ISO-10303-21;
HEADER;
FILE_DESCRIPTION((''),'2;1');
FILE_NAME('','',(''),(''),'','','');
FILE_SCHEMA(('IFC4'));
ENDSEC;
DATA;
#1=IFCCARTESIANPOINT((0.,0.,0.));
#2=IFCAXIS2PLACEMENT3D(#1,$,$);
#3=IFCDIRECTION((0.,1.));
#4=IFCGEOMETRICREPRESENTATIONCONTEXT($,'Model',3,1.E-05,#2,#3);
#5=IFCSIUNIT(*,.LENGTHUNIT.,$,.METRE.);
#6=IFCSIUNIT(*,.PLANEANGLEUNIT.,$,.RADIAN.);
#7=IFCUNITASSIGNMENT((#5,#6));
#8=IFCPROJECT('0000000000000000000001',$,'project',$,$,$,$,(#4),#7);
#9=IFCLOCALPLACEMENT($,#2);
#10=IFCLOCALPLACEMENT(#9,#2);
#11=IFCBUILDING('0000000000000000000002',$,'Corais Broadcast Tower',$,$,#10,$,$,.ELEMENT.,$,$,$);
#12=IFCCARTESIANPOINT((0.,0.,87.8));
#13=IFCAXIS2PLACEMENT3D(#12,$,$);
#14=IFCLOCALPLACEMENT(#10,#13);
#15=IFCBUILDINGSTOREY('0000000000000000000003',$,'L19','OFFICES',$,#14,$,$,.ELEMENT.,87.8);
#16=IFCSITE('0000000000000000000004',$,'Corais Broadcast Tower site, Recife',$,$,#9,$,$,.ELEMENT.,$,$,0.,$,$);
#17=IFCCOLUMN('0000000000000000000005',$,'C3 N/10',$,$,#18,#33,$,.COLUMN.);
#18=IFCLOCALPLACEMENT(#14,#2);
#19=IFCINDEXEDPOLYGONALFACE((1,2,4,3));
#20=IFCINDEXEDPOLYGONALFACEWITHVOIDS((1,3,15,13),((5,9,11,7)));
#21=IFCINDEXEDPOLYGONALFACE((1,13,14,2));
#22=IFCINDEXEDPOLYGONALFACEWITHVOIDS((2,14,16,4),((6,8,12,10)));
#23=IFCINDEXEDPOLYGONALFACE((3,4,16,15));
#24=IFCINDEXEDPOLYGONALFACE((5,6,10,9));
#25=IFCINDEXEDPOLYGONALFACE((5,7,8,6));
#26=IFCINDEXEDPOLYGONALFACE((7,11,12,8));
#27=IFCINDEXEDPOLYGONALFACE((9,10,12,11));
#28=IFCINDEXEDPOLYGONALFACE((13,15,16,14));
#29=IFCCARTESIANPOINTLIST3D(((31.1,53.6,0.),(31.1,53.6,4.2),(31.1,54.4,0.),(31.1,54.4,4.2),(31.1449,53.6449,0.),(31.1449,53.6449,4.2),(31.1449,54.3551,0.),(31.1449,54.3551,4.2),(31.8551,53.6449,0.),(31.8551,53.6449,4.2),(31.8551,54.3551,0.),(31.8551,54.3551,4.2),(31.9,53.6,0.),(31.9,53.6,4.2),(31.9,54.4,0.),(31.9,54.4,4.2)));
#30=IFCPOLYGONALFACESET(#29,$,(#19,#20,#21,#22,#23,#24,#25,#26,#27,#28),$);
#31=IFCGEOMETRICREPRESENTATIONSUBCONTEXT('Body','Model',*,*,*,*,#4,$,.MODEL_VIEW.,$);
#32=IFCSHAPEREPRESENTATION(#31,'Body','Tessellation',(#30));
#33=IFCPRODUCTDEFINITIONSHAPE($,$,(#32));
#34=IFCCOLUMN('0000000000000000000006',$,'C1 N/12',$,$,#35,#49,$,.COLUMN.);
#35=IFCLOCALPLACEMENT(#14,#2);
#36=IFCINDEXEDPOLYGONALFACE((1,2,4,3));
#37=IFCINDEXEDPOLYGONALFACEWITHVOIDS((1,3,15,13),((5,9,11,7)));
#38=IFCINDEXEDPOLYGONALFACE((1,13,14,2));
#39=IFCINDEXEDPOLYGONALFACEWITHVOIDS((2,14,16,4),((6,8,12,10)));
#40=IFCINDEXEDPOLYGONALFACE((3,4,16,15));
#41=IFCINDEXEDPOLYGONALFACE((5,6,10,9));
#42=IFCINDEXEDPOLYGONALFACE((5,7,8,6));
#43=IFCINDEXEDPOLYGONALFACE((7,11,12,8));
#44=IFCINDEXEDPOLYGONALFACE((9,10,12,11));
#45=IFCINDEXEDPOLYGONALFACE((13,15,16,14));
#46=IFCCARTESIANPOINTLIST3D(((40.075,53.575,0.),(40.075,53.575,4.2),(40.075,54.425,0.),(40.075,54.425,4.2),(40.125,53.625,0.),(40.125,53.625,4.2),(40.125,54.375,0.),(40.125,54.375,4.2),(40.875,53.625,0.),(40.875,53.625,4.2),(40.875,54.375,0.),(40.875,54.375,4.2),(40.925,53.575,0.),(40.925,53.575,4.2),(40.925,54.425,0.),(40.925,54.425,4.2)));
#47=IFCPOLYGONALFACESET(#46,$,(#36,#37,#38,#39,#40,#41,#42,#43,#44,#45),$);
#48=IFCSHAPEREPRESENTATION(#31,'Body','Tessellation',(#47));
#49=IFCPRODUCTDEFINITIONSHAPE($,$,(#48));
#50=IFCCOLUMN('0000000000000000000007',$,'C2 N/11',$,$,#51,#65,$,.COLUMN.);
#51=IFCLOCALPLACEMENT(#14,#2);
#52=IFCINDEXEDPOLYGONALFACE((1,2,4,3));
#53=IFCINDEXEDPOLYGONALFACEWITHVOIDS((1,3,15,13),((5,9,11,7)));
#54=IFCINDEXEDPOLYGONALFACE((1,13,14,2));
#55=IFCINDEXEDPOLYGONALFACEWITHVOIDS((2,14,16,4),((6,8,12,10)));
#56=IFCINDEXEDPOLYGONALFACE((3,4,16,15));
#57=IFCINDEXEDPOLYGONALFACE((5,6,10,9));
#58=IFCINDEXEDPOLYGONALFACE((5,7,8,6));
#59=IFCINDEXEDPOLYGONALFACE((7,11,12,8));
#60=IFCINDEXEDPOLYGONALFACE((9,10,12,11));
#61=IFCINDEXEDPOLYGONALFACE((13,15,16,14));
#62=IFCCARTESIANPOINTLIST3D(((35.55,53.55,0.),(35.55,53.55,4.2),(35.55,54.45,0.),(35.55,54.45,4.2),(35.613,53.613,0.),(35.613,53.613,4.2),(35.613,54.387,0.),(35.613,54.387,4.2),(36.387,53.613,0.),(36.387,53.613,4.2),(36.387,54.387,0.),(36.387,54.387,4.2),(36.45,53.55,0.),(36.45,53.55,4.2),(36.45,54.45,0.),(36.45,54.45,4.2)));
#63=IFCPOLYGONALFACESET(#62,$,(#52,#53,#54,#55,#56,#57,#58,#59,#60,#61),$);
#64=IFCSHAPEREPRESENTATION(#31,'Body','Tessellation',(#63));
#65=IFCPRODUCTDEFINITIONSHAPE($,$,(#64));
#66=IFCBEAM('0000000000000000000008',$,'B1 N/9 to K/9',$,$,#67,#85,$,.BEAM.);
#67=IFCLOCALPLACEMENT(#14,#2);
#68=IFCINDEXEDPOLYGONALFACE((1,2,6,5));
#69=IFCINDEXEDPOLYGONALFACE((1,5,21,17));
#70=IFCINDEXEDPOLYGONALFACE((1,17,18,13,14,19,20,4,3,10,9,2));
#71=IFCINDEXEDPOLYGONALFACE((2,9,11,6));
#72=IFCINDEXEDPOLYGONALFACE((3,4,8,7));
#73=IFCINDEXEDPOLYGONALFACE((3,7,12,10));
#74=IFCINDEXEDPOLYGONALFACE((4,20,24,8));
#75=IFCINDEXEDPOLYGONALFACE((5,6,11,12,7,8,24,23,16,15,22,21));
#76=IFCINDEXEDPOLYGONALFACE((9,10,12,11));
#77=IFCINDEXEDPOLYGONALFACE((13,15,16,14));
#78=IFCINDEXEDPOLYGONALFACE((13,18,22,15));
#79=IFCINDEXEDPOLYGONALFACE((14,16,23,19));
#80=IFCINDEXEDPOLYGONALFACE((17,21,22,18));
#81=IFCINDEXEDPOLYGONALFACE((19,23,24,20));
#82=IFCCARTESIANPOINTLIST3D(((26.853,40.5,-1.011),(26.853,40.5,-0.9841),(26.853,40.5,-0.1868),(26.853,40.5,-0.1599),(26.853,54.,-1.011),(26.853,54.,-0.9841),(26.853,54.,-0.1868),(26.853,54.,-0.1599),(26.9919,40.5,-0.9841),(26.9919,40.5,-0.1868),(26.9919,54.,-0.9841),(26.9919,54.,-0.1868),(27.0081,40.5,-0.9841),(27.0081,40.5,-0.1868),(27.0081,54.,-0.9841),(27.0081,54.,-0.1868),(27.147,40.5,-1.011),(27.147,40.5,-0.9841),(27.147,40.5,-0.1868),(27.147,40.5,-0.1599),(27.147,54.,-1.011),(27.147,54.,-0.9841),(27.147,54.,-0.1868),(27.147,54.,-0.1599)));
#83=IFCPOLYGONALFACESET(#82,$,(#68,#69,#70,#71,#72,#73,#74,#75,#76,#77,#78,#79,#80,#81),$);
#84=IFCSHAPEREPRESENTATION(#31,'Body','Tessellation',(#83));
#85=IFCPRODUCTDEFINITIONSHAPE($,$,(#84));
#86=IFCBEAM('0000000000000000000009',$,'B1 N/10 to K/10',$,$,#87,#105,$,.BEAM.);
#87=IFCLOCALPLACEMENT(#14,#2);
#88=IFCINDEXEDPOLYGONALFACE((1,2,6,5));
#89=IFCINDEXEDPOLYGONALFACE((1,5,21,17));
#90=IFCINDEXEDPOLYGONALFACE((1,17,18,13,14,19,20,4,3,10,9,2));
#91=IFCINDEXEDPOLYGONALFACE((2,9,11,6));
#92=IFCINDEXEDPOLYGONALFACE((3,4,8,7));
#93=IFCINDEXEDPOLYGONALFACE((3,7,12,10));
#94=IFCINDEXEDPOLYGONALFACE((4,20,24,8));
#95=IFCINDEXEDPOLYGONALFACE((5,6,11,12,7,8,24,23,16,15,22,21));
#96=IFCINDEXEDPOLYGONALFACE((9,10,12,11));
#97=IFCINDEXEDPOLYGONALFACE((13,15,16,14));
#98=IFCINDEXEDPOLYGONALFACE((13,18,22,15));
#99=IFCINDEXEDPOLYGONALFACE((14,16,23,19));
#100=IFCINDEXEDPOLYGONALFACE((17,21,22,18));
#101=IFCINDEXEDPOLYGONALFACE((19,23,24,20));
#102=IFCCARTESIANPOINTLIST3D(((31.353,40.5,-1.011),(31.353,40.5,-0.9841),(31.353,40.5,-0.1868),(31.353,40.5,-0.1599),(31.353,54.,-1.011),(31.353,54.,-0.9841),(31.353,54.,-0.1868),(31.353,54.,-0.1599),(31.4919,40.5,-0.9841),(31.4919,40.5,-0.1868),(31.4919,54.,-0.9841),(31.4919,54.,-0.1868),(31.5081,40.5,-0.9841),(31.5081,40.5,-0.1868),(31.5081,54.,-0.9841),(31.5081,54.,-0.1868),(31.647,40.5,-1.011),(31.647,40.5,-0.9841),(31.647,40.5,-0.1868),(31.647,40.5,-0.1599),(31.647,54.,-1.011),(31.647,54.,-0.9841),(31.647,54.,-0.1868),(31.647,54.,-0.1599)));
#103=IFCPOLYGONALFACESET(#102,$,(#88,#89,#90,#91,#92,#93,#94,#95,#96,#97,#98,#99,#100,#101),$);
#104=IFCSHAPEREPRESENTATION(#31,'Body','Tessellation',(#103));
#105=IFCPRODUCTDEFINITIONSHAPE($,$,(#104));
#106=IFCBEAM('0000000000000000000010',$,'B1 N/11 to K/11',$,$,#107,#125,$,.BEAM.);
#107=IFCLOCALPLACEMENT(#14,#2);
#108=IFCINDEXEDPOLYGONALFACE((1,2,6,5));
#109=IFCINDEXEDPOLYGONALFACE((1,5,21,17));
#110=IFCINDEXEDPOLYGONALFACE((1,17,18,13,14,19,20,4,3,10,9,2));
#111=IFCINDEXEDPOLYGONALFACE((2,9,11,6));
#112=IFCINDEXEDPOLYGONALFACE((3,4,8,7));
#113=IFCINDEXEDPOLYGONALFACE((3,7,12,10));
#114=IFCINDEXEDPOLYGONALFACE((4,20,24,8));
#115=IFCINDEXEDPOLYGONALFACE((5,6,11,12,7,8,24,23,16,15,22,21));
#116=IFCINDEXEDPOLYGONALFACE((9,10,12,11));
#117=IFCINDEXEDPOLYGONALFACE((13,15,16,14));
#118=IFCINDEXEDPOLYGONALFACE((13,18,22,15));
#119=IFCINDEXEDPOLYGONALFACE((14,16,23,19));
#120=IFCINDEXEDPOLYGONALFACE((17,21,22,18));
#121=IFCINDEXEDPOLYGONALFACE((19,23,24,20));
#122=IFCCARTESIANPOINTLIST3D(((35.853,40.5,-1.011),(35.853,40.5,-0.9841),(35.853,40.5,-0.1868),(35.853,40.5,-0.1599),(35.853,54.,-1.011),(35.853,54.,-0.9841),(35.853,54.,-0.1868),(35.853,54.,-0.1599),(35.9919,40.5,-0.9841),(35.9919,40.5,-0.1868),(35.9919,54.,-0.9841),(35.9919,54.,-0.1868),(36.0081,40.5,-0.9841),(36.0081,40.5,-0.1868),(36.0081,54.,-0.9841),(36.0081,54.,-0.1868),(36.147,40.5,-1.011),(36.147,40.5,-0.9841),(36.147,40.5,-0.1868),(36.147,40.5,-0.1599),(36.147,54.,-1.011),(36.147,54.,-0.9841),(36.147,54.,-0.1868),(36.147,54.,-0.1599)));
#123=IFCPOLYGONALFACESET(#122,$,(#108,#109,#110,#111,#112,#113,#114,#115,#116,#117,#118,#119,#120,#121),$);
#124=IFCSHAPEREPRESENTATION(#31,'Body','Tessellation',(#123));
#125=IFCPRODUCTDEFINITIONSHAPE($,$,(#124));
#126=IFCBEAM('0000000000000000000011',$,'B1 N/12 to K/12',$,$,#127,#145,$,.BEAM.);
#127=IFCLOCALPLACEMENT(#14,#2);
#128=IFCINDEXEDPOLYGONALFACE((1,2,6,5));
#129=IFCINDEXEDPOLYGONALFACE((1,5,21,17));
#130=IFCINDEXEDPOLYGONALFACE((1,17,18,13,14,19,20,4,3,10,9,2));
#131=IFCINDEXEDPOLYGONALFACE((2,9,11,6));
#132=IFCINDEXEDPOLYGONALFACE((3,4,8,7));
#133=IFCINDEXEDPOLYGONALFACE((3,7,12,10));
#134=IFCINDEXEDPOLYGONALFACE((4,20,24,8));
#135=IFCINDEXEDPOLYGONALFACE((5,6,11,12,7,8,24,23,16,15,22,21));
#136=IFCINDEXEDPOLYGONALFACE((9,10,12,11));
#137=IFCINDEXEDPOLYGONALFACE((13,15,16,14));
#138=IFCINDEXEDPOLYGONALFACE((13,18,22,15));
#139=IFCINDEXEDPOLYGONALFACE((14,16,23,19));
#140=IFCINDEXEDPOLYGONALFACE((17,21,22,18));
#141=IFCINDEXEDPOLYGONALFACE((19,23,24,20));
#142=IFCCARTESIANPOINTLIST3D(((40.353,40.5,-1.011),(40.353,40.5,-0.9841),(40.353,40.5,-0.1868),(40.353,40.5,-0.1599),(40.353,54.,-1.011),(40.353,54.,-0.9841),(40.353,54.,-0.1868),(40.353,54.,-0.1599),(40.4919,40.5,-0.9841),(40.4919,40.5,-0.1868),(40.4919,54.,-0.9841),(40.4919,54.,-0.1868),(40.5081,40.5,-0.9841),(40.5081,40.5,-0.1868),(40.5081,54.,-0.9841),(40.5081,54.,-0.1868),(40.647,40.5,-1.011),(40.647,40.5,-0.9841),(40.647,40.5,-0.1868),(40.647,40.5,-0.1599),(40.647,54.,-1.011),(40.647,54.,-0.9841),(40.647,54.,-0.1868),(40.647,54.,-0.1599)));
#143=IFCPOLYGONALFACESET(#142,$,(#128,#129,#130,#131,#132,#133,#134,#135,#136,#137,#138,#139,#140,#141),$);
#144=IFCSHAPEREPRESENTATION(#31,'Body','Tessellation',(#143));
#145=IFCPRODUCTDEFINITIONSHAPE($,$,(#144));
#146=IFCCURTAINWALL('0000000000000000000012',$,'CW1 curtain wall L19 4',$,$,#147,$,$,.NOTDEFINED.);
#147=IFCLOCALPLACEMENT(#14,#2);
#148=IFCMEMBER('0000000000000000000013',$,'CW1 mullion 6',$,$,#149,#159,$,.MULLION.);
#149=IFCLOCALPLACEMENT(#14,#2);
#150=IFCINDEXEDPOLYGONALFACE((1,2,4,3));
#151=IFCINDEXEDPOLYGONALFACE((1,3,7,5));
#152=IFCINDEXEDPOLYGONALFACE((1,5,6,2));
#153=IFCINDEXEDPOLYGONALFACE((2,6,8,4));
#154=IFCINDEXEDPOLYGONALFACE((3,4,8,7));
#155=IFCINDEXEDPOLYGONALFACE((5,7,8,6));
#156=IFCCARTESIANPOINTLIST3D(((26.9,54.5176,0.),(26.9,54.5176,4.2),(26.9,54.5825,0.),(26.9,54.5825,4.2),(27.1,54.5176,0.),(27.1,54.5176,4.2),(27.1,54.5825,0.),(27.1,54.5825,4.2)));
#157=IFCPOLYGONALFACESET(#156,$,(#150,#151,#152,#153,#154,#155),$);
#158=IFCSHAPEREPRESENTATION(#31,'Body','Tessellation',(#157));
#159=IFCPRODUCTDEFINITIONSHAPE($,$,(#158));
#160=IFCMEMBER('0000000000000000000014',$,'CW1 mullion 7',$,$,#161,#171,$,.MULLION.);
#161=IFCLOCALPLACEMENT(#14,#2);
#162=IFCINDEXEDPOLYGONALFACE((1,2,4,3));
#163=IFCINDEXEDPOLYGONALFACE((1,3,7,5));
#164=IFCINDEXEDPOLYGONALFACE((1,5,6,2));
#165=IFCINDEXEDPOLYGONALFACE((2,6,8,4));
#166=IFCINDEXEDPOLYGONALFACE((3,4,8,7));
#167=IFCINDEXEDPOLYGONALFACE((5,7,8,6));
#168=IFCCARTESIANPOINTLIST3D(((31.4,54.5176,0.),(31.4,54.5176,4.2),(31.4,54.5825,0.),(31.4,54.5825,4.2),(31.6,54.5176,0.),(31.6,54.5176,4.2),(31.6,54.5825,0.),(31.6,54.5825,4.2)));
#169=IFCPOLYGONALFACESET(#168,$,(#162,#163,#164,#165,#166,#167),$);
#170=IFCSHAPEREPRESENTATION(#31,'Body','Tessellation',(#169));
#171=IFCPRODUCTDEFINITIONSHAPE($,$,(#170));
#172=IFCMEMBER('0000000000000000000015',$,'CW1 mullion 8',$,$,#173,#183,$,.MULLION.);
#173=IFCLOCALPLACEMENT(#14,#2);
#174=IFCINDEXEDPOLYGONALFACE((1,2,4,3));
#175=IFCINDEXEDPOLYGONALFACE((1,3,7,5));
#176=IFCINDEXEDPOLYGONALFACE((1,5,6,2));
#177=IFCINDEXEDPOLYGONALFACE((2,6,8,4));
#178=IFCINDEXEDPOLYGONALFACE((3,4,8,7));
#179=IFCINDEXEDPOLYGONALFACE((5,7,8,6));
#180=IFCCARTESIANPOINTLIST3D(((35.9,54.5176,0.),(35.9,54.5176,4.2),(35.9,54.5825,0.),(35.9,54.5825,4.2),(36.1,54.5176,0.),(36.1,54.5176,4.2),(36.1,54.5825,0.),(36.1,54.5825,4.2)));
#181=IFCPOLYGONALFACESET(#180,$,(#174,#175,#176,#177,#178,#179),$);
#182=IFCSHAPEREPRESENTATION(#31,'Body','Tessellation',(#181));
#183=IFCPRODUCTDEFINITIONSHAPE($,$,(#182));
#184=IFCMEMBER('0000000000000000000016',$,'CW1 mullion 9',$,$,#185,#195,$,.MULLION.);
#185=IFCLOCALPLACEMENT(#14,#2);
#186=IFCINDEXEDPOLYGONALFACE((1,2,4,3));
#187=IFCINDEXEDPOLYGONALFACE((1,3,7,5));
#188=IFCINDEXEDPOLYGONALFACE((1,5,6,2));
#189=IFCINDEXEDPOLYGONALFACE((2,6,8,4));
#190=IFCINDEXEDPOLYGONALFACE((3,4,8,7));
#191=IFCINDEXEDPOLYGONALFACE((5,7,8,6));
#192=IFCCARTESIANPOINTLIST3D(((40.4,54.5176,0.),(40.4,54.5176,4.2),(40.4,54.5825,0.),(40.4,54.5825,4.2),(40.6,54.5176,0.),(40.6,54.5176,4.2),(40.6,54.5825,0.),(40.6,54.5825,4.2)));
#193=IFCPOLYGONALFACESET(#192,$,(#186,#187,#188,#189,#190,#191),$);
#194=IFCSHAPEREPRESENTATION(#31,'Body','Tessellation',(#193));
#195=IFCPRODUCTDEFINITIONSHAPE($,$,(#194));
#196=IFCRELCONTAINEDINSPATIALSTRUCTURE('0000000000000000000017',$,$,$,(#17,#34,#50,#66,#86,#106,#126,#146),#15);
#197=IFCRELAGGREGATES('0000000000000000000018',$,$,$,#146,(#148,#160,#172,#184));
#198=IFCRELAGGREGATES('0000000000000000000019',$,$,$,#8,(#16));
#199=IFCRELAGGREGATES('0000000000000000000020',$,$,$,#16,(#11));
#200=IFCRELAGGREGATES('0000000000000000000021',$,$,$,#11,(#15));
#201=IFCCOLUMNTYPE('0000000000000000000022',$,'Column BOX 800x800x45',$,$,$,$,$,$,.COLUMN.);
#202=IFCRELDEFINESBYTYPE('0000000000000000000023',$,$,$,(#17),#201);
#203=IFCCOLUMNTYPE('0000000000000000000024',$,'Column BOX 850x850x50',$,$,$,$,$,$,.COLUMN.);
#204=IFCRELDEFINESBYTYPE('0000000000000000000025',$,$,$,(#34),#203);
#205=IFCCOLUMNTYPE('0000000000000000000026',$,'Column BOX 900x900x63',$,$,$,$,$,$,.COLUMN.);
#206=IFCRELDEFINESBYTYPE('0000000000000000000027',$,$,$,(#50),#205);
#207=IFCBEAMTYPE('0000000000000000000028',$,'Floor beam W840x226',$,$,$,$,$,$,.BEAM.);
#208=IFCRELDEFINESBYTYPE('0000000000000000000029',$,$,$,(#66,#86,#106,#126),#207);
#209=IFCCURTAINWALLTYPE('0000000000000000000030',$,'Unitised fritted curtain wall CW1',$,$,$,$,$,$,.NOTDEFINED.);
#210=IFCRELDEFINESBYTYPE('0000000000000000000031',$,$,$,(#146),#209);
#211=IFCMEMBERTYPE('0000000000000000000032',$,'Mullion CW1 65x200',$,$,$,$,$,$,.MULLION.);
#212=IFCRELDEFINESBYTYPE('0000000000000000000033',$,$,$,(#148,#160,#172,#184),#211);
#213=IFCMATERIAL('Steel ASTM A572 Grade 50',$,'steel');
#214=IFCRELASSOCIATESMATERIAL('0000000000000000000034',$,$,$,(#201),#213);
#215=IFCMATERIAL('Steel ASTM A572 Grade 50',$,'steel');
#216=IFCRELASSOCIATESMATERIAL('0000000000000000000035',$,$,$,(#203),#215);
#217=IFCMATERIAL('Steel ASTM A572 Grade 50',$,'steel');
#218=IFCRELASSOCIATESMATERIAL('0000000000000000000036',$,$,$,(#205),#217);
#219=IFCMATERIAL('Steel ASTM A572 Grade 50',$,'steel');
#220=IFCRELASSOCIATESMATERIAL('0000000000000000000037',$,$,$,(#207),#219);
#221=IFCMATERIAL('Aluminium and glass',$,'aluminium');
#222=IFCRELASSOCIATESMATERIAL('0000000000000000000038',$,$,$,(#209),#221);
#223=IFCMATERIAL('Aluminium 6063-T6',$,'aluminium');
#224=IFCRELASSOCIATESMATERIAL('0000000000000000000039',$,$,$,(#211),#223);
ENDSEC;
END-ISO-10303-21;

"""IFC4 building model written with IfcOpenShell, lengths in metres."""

from ifc_helpers import new_model, si_unit, direction, frame, origin, origin_2d, place, context, subcontext, project, spatial, rectangle, hollow_rectangle, i_section, extrude, material, material_profile, profile_set, type_object, element, aggregate, save


model = new_model("IFC4")

# Units and contexts
model_context = context("Model", 3, precision=1e-05, world=origin(), true_north=direction((0.0, 1.0)))
body_context = subcontext(model_context, "Body", "Model", "MODEL_VIEW")
ifc_project = project(units=[si_unit("LENGTHUNIT", "METRE"), si_unit("PLANEANGLEUNIT", "RADIAN")], contexts=[model_context])

# Site, building, storey
site_placement = place(None, origin())
site = spatial("IfcSite", under=ifc_project, at=site_placement, Name="Corais Broadcast Tower site, Recife", CompositionType="ELEMENT", RefElevation=0.0)
building_placement = place(site_placement, origin())
building = spatial("IfcBuilding", under=site, at=building_placement, Name="Corais Broadcast Tower", CompositionType="ELEMENT")
storey_placement = place(building_placement, frame((0.0, 0.0, 87.8)))
storey = spatial("IfcBuildingStorey", under=building, at=storey_placement, Name="L19", Description="OFFICES", CompositionType="ELEMENT", Elevation=87.8)

# Columns
ifc_material_1 = material(Name="Steel ASTM A572 Grade 50", Category="steel")
ifc_material_profile_1 = material_profile(ifc_material_1, hollow_rectangle(XDim=0.8, YDim=0.8, WallThickness=0.0449, at=origin_2d()), Name="BOX 800x800x45")
ifc_profile_set_1 = profile_set([ifc_material_profile_1], Name="Steel ASTM A572 Grade 50")
column_type_1 = type_object("IfcColumnType", Name="Column BOX 800x800x45", PredefinedType="COLUMN", material=ifc_profile_set_1)
column_1_placement = place(storey_placement, frame((31.5, 54.0, 0.0), z_axis=(0.0, 0.0, 1.0), x_axis=(1.0, 0.0, 0.0)))
element("IfcColumn", 1, at=column_1_placement, inside=storey, type_object=column_type_1, Name="C3 N/10", PredefinedType="COLUMN", context=body_context, shape_type="SweptSolid", body=[
    extrude(hollow_rectangle(XDim=0.8, YDim=0.8, WallThickness=0.0449, at=origin_2d()), origin(), (0.0, 0.0, 1.0), 4.2),
])
ifc_material_2 = material(Name="Steel ASTM A572 Grade 50", Category="steel")
ifc_material_profile_2 = material_profile(ifc_material_2, hollow_rectangle(XDim=0.8501, YDim=0.8501, WallThickness=0.05, at=origin_2d()), Name="BOX 850x850x50")
ifc_profile_set_2 = profile_set([ifc_material_profile_2], Name="Steel ASTM A572 Grade 50")
column_type_2 = type_object("IfcColumnType", Name="Column BOX 850x850x50", PredefinedType="COLUMN", material=ifc_profile_set_2)
column_2_placement = place(storey_placement, frame((40.5, 54.0, 0.0), z_axis=(0.0, 0.0, 1.0), x_axis=(1.0, 0.0, 0.0)))
element("IfcColumn", 2, at=column_2_placement, inside=storey, type_object=column_type_2, Name="C1 N/12", PredefinedType="COLUMN", context=body_context, shape_type="SweptSolid", body=[
    extrude(hollow_rectangle(XDim=0.8501, YDim=0.8501, WallThickness=0.05, at=origin_2d()), origin(), (0.0, 0.0, 1.0), 4.2),
])
ifc_material_3 = material(Name="Steel ASTM A572 Grade 50", Category="steel")
ifc_material_profile_3 = material_profile(ifc_material_3, hollow_rectangle(XDim=0.8999, YDim=0.8999, WallThickness=0.063, at=origin_2d()), Name="BOX 900x900x63")
ifc_profile_set_3 = profile_set([ifc_material_profile_3], Name="Steel ASTM A572 Grade 50")
column_type_3 = type_object("IfcColumnType", Name="Column BOX 900x900x63", PredefinedType="COLUMN", material=ifc_profile_set_3)
column_3_placement = place(storey_placement, frame((36.0, 54.0, 0.0), z_axis=(0.0, 0.0, 1.0), x_axis=(1.0, 0.0, 0.0)))
element("IfcColumn", 3, at=column_3_placement, inside=storey, type_object=column_type_3, Name="C2 N/11", PredefinedType="COLUMN", context=body_context, shape_type="SweptSolid", body=[
    extrude(hollow_rectangle(XDim=0.8999, YDim=0.8999, WallThickness=0.063, at=origin_2d()), origin(), (0.0, 0.0, 1.0), 4.2),
])

# Beams
ifc_material_4 = material(Name="Steel ASTM A572 Grade 50", Category="steel")
ifc_material_profile_4 = material_profile(ifc_material_4, i_section(OverallWidth=0.2939, OverallDepth=0.8511, WebThickness=0.0161, FlangeThickness=0.0269, at=origin_2d()), Name="W840x226")
ifc_profile_set_4 = profile_set([ifc_material_profile_4], Name="Steel ASTM A572 Grade 50")
beam_type_1 = type_object("IfcBeamType", Name="Floor beam W840x226", PredefinedType="BEAM", material=ifc_profile_set_4)
for number, where, z_axis, x_axis, name in (
    (4, (27.0, 54.0, -0.5854), (0.0, -1.0, 0.0), (1.0, 0.0, 0.0), "B1 N/9 to K/9"),
    (5, (31.5, 54.0, -0.5854), (0.0, -1.0, 0.0), (1.0, 0.0, 0.0), "B1 N/10 to K/10"),
    (6, (36.0, 54.0, -0.5854), (0.0, -1.0, 0.0), (1.0, 0.0, 0.0), "B1 N/11 to K/11"),
    (7, (40.5, 54.0, -0.5854), (0.0, -1.0, 0.0), (1.0, 0.0, 0.0), "B1 N/12 to K/12"),
):
    element("IfcBeam", number, at=place(storey_placement, frame(where, z_axis=z_axis, x_axis=x_axis)), inside=storey, type_object=beam_type_1, Name=name, PredefinedType="BEAM", context=body_context, shape_type="SweptSolid", body=[
        extrude(i_section(OverallWidth=0.2939, OverallDepth=0.8511, WebThickness=0.0161, FlangeThickness=0.0269, at=origin_2d()), origin(), (0.0, 0.0, 1.0), 13.5),
    ])

# Curtain wall, members
ifc_material_5 = material(Name="Aluminium and glass", Category="aluminium")
curtain_wall_type = type_object("IfcCurtainWallType", Name="Unitised fritted curtain wall CW1", PredefinedType="NOTDEFINED", material=ifc_material_5)
curtain_wall_placement = place(storey_placement, origin())
curtain_wall = element("IfcCurtainWall", 8, at=curtain_wall_placement, inside=storey, type_object=curtain_wall_type, Name="CW1 curtain wall L19 4", PredefinedType="NOTDEFINED")
ifc_material_6 = material(Name="Aluminium 6063-T6", Category="aluminium")
ifc_material_profile_5 = material_profile(ifc_material_6, rectangle(XDim=0.0649, YDim=0.2, at=origin_2d()), Name="Mullion CW1 65x200")
ifc_profile_set_5 = profile_set([ifc_material_profile_5], Name="Aluminium 6063-T6")
member_type_1 = type_object("IfcMemberType", Name="Mullion CW1 65x200", PredefinedType="MULLION", material=ifc_profile_set_5)
member_1_placement = place(storey_placement, frame((27.0, 54.55, 0.0), z_axis=(0.0, 0.0, 1.0), x_axis=(0.0, 1.0, 0.0)))
member_1 = element("IfcMember", 9, at=member_1_placement, type_object=member_type_1, Name="CW1 mullion 6", PredefinedType="MULLION", context=body_context, shape_type="SweptSolid", body=[
    extrude(rectangle(XDim=0.0649, YDim=0.2, at=origin_2d()), origin(), (0.0, 0.0, 1.0), 4.2),
])
member_2_placement = place(storey_placement, frame((31.5, 54.55, 0.0), z_axis=(0.0, 0.0, 1.0), x_axis=(0.0, 1.0, 0.0)))
member_2 = element("IfcMember", 10, at=member_2_placement, type_object=member_type_1, Name="CW1 mullion 7", PredefinedType="MULLION", context=body_context, shape_type="SweptSolid", body=[
    extrude(rectangle(XDim=0.0649, YDim=0.2, at=origin_2d()), origin(), (0.0, 0.0, 1.0), 4.2),
])
member_3_placement = place(storey_placement, frame((36.0, 54.55, 0.0), z_axis=(0.0, 0.0, 1.0), x_axis=(0.0, 1.0, 0.0)))
member_3 = element("IfcMember", 11, at=member_3_placement, type_object=member_type_1, Name="CW1 mullion 8", PredefinedType="MULLION", context=body_context, shape_type="SweptSolid", body=[
    extrude(rectangle(XDim=0.0649, YDim=0.2, at=origin_2d()), origin(), (0.0, 0.0, 1.0), 4.2),
])
member_4_placement = place(storey_placement, frame((40.5, 54.55, 0.0), z_axis=(0.0, 0.0, 1.0), x_axis=(0.0, 1.0, 0.0)))
member_4 = element("IfcMember", 12, at=member_4_placement, type_object=member_type_1, Name="CW1 mullion 9", PredefinedType="MULLION", context=body_context, shape_type="SweptSolid", body=[
    extrude(rectangle(XDim=0.0649, YDim=0.2, at=origin_2d()), origin(), (0.0, 0.0, 1.0), 4.2),
])

aggregate(curtain_wall, [member_1, member_2, member_3, member_4])

save(model, "model.ifc")
